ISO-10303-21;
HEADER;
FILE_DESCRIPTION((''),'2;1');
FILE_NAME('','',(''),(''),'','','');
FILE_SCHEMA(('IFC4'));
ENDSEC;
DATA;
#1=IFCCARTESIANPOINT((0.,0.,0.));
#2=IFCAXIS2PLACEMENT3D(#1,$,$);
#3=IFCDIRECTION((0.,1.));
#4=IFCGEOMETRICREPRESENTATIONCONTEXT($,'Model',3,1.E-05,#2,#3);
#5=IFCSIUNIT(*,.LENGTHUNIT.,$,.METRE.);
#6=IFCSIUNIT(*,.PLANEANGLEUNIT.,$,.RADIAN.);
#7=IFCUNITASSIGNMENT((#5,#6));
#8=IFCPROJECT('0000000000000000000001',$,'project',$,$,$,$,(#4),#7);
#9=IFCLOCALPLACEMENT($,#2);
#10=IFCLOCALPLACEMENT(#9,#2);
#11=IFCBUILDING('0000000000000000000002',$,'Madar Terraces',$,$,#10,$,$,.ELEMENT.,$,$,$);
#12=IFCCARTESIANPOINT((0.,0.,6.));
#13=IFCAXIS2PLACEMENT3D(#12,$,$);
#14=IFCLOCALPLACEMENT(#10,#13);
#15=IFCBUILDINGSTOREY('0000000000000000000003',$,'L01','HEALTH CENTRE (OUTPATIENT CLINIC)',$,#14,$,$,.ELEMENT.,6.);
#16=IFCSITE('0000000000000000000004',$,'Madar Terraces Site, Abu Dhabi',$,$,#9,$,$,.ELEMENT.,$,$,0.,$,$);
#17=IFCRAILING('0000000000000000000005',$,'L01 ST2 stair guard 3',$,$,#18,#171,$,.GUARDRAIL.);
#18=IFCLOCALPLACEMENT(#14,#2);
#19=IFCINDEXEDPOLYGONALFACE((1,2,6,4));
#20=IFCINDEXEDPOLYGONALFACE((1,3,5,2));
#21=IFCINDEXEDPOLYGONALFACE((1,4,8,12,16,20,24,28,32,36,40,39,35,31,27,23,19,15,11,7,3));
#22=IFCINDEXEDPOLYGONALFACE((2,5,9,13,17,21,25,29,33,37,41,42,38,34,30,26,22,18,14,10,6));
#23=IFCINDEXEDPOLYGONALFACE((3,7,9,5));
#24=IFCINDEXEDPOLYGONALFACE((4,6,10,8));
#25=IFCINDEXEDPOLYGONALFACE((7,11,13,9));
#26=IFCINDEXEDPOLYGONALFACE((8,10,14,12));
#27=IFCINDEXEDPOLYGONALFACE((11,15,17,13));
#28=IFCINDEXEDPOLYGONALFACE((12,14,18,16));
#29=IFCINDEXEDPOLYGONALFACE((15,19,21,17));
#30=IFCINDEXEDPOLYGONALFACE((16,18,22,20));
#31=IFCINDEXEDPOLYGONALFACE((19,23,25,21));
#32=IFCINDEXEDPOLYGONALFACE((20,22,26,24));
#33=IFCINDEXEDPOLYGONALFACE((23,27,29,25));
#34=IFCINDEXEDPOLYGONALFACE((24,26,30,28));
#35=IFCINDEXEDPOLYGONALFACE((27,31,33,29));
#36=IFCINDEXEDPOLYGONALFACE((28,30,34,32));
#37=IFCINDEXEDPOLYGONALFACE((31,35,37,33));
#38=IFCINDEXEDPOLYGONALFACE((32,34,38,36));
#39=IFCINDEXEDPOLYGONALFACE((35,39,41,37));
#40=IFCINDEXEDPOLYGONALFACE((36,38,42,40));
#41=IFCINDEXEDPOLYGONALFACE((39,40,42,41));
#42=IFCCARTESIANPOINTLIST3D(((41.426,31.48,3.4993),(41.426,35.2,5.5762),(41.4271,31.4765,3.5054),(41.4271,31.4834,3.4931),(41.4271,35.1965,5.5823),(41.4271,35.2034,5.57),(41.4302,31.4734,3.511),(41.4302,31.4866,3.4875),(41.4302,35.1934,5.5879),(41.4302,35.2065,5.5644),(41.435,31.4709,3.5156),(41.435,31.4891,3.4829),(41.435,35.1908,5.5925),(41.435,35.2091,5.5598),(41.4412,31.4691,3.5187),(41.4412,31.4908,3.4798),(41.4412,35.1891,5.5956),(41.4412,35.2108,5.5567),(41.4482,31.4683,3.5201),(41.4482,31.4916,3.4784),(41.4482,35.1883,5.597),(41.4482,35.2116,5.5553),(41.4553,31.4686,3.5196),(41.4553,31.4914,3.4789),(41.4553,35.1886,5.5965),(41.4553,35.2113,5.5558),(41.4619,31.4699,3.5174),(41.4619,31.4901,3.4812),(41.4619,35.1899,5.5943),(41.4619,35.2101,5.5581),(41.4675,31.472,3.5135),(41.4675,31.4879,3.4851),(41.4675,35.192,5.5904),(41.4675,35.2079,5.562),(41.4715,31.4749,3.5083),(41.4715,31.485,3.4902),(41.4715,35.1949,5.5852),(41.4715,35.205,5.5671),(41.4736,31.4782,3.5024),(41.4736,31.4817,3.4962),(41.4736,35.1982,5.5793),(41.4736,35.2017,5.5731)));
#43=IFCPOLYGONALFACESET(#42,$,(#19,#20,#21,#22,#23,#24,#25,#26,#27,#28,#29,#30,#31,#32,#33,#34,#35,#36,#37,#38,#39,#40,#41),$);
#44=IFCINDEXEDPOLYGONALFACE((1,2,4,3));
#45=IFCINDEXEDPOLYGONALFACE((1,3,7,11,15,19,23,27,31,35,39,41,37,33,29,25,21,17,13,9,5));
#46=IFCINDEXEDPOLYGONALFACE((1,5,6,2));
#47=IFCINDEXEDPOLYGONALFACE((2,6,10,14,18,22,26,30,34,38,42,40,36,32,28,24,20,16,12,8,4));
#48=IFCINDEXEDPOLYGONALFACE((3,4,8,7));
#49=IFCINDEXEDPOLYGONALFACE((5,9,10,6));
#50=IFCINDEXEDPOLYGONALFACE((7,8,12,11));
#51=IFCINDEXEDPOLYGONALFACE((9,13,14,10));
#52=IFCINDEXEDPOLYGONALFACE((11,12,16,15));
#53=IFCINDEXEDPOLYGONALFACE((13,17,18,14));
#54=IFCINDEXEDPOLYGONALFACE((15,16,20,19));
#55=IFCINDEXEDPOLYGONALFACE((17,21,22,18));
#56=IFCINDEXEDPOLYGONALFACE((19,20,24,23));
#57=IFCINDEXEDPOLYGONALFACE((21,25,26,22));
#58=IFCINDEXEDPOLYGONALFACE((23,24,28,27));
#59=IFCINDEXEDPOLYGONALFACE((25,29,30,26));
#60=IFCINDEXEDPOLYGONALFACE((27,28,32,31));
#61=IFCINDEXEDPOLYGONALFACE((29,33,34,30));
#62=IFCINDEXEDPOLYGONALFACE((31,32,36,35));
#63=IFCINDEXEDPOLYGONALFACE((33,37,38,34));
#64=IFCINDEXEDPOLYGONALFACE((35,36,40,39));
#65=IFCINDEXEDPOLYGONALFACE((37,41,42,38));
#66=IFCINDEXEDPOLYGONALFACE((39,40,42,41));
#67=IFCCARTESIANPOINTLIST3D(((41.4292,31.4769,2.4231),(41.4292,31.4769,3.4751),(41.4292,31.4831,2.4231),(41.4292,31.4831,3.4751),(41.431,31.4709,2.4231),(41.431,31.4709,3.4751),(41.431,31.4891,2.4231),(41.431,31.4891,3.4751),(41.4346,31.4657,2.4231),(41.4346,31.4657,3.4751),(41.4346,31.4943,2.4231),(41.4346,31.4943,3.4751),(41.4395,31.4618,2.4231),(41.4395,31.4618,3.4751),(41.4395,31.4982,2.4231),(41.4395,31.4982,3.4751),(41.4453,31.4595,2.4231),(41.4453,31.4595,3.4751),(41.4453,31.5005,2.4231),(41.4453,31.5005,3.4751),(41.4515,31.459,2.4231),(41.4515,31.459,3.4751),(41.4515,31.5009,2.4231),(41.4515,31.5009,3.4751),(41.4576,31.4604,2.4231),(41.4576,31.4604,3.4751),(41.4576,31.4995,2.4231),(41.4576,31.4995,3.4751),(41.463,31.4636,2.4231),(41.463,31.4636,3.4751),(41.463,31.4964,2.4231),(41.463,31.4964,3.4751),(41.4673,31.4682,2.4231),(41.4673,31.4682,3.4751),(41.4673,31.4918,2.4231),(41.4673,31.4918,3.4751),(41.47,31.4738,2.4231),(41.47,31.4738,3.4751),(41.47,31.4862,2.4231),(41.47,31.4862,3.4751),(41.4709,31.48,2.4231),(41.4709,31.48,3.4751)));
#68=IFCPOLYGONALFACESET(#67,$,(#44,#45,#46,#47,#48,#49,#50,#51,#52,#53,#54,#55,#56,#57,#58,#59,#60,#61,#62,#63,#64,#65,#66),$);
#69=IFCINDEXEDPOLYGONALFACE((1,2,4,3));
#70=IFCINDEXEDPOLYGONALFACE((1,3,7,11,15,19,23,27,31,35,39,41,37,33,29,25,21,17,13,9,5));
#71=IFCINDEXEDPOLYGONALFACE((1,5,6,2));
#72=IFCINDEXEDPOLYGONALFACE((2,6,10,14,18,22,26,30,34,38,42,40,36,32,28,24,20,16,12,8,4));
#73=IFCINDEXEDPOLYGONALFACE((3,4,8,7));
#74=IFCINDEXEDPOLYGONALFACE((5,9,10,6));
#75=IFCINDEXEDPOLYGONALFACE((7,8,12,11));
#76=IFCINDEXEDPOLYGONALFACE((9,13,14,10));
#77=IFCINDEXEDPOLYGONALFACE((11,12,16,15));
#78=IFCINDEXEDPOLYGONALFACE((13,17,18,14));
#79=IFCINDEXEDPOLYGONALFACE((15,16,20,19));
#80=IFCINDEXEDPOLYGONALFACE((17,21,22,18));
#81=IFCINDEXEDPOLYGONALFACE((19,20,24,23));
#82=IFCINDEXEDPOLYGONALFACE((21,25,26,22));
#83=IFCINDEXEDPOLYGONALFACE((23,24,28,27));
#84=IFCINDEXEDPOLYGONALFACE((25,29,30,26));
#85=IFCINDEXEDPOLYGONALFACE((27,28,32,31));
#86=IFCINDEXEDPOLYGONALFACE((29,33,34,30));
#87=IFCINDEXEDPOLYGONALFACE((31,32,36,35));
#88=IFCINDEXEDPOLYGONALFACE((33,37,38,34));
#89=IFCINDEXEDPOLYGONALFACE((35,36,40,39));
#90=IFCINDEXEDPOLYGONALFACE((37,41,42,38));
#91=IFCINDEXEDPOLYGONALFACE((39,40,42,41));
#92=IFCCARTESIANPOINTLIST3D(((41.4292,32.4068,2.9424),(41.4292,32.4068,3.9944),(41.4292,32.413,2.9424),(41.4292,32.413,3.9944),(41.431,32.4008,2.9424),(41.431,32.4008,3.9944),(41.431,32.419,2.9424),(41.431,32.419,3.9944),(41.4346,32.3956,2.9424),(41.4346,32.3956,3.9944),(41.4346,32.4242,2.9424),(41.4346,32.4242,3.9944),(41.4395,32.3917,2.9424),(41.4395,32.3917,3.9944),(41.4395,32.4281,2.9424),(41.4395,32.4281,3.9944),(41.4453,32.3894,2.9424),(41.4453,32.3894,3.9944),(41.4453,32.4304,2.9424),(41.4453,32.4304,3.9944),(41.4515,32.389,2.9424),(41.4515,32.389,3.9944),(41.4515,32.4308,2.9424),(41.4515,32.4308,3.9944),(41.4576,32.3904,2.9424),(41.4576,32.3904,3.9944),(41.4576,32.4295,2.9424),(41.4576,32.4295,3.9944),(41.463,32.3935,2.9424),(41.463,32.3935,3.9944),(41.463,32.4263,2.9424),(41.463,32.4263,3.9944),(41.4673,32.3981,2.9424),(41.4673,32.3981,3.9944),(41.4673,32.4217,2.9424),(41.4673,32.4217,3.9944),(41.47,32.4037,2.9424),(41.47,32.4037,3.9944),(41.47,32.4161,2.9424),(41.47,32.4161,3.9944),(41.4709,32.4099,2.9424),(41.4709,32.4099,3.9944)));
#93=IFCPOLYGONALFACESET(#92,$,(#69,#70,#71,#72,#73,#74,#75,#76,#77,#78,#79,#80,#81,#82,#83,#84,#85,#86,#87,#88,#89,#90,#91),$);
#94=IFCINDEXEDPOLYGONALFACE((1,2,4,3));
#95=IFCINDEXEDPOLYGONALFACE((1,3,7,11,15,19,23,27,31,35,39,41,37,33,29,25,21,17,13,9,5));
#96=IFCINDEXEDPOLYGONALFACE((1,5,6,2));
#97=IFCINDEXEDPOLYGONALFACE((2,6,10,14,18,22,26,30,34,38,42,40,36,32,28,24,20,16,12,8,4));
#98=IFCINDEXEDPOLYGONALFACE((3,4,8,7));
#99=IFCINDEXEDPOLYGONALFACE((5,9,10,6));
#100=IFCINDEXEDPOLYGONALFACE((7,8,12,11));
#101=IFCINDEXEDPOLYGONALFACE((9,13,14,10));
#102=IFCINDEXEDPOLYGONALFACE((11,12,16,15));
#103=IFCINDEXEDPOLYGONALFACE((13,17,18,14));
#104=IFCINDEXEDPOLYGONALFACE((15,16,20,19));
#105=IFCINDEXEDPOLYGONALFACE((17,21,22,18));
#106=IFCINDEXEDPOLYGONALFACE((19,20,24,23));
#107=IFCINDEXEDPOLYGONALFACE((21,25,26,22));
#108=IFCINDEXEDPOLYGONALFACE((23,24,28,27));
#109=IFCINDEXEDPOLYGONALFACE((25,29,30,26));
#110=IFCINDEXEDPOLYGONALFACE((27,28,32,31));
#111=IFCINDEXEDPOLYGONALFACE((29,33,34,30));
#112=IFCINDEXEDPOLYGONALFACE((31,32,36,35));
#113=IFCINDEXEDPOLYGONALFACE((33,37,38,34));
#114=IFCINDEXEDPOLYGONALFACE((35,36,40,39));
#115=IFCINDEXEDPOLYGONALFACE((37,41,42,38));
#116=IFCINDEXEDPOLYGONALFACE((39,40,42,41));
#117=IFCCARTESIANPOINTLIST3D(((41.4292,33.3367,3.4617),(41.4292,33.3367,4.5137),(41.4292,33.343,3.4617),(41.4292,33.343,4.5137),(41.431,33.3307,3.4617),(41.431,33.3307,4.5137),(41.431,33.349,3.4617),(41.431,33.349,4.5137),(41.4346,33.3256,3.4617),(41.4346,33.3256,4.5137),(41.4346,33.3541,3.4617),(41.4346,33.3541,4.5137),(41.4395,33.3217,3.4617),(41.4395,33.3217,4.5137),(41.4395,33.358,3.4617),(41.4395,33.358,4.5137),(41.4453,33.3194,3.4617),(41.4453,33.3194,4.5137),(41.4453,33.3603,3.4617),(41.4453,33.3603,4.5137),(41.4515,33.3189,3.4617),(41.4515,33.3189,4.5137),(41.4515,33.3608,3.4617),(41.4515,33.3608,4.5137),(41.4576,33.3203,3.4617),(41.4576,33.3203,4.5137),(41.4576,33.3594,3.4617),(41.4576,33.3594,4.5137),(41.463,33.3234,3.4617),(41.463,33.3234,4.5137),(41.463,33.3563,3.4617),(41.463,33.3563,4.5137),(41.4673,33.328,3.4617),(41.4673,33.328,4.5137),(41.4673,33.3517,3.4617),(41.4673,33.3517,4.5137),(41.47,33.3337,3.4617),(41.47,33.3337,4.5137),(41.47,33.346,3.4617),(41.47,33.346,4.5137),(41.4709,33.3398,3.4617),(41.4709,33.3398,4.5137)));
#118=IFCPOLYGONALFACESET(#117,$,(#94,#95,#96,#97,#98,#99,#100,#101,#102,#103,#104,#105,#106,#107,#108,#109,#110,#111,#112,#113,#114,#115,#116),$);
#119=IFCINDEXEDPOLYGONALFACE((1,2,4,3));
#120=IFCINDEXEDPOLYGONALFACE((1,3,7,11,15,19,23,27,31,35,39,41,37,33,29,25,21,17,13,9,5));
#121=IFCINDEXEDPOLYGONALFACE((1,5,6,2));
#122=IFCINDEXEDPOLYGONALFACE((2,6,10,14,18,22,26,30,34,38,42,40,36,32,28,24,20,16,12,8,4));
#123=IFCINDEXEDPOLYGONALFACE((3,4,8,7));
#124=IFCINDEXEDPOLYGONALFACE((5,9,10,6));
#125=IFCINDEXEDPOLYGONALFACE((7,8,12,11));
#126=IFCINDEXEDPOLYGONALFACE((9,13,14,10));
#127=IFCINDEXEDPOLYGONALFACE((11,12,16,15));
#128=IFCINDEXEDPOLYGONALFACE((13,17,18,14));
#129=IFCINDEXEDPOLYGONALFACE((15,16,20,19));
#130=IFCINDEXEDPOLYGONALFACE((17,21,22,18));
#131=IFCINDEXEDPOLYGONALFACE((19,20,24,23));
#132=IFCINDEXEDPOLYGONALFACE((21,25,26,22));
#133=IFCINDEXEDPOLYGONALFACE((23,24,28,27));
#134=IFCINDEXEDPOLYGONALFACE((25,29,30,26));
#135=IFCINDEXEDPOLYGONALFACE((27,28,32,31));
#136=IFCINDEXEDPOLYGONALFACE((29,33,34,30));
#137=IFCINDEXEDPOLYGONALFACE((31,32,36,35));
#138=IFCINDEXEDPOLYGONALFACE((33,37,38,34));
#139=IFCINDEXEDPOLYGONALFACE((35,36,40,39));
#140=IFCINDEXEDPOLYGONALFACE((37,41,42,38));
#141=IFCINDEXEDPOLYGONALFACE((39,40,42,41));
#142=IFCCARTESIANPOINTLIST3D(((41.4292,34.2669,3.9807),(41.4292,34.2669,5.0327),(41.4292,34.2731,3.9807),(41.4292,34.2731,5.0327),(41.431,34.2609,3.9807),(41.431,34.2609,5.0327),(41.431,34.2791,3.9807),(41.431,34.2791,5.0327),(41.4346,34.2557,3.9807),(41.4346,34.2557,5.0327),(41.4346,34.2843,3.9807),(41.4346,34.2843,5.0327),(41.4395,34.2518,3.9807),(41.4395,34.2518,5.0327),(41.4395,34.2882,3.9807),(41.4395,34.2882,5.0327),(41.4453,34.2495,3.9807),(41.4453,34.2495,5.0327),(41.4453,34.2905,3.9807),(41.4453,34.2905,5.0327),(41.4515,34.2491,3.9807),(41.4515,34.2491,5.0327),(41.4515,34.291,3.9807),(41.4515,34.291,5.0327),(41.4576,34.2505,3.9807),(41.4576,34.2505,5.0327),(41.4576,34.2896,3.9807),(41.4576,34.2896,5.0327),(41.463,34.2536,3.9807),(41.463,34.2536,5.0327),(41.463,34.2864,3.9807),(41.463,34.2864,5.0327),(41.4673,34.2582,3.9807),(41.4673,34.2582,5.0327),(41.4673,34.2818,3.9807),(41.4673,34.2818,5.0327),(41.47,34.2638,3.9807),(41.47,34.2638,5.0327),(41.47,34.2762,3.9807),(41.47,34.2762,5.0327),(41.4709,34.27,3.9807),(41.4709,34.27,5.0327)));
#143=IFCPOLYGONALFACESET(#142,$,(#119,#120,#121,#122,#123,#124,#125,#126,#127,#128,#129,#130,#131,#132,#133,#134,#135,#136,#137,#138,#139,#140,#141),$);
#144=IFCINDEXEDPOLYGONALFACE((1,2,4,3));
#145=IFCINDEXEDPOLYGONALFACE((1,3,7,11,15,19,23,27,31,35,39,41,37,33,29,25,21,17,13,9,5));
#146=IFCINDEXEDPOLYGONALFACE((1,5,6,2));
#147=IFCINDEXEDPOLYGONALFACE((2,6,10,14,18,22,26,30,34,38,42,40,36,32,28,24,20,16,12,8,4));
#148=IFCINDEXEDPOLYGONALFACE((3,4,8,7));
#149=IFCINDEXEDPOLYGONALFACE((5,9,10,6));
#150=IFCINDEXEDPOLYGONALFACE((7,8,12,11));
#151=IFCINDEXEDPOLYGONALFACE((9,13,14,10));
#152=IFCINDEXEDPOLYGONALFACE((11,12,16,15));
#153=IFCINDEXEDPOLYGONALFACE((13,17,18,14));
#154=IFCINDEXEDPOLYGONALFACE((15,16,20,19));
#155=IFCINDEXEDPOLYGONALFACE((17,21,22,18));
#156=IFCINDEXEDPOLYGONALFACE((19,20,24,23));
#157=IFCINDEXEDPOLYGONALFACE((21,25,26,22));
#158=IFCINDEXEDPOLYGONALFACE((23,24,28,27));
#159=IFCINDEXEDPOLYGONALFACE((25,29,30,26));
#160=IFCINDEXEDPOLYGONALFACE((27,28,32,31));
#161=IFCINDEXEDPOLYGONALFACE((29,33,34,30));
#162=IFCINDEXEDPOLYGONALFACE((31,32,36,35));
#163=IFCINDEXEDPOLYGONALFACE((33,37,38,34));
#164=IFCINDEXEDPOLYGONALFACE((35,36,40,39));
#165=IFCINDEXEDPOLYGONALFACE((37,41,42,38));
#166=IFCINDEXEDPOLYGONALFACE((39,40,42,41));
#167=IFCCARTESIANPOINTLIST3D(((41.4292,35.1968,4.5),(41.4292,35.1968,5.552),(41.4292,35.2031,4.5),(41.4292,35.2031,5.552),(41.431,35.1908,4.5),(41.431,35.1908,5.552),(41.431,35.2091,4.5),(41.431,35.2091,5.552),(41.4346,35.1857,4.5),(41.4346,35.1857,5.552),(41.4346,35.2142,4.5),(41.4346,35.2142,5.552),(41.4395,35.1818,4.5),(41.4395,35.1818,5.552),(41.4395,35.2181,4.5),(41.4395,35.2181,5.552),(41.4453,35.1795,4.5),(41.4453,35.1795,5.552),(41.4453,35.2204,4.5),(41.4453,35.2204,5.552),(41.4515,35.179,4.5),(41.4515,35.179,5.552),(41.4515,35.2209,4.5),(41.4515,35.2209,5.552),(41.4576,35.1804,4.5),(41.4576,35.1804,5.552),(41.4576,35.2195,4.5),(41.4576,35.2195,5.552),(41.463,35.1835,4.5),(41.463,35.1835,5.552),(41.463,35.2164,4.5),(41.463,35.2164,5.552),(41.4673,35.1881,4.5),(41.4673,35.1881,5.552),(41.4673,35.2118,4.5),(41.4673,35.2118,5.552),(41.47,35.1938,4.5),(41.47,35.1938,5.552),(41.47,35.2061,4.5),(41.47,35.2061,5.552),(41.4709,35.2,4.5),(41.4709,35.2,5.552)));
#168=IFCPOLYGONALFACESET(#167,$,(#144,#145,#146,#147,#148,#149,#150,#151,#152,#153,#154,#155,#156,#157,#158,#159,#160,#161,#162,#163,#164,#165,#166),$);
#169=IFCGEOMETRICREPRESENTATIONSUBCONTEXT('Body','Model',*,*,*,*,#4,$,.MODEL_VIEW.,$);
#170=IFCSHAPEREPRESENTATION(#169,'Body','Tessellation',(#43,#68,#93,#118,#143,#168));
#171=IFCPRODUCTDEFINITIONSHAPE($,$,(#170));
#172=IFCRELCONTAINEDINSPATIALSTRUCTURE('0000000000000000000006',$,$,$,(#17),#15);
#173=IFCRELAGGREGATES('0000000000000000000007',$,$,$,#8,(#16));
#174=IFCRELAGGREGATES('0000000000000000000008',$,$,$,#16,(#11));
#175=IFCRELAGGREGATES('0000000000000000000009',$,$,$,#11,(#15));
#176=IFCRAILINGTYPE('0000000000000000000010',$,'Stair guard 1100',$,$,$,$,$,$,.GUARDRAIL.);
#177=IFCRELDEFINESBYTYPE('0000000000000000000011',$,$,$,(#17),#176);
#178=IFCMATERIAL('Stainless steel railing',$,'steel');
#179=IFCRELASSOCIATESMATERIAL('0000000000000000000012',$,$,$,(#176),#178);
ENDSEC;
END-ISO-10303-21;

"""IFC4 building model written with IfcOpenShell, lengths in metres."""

from ifc_helpers import new_model, si_unit, direction, frame, origin, origin_2d, place, context, subcontext, project, spatial, circle, extrude, material, type_object, element, save


model = new_model("IFC4")

# Units and contexts
model_context = context("Model", 3, precision=1e-05, world=origin(), true_north=direction((0.0, 1.0)))
body_context = subcontext(model_context, "Body", "Model", "MODEL_VIEW")
ifc_project = project(units=[si_unit("LENGTHUNIT", "METRE"), si_unit("PLANEANGLEUNIT", "RADIAN")], contexts=[model_context])

# Site, building, storey
site_placement = place(None, origin())
site = spatial("IfcSite", under=ifc_project, at=site_placement, Name="Madar Terraces Site, Abu Dhabi", CompositionType="ELEMENT", RefElevation=0.0)
building_placement = place(site_placement, origin())
building = spatial("IfcBuilding", under=site, at=building_placement, Name="Madar Terraces", CompositionType="ELEMENT")
storey_placement = place(building_placement, frame((0.0, 0.0, 6.0)))
storey = spatial("IfcBuildingStorey", under=building, at=storey_placement, Name="L01", Description="HEALTH CENTRE (OUTPATIENT CLINIC)", CompositionType="ELEMENT", Elevation=6.0)

# Railing
ifc_material_1 = material(Name="Stainless steel railing", Category="steel")
railing_type_1 = type_object("IfcRailingType", Name="Stair guard 1100", PredefinedType="GUARDRAIL", material=ifc_material_1)
railing_1_placement = place(storey_placement, frame((41.45, 31.48, 2.4231)))
element("IfcRailing", 1, at=railing_1_placement, inside=storey, type_object=railing_type_1, Name="L01 ST2 stair guard 3", PredefinedType="GUARDRAIL", context=body_context, shape_type="SweptSolid", body=[
    extrude(circle(Radius=0.0239, at=origin_2d()), frame((0.0, 0.0, 1.0762), z_axis=(0.0, 0.873134, 0.487481), x_axis=(-1.0, 0.0, 0.0)), (0.0, 0.0, 1.0), 4.2605),
    extrude(circle(Radius=0.021, at=origin_2d()), origin(), (0.0, 0.0, 1.0), 1.052),
    extrude(circle(Radius=0.021, at=origin_2d()), frame((0.0, 0.9299, 0.5193)), (0.0, 0.0, 1.0), 1.052),
    extrude(circle(Radius=0.021, at=origin_2d()), frame((0.0, 1.8599, 1.0386)), (0.0, 0.0, 1.0), 1.052),
    extrude(circle(Radius=0.021, at=origin_2d()), frame((0.0, 2.79, 1.5576)), (0.0, 0.0, 1.0), 1.052),
    extrude(circle(Radius=0.021, at=origin_2d()), frame((0.0, 3.72, 2.0769)), (0.0, 0.0, 1.0), 1.052),
])

save(model, "model.ifc")
